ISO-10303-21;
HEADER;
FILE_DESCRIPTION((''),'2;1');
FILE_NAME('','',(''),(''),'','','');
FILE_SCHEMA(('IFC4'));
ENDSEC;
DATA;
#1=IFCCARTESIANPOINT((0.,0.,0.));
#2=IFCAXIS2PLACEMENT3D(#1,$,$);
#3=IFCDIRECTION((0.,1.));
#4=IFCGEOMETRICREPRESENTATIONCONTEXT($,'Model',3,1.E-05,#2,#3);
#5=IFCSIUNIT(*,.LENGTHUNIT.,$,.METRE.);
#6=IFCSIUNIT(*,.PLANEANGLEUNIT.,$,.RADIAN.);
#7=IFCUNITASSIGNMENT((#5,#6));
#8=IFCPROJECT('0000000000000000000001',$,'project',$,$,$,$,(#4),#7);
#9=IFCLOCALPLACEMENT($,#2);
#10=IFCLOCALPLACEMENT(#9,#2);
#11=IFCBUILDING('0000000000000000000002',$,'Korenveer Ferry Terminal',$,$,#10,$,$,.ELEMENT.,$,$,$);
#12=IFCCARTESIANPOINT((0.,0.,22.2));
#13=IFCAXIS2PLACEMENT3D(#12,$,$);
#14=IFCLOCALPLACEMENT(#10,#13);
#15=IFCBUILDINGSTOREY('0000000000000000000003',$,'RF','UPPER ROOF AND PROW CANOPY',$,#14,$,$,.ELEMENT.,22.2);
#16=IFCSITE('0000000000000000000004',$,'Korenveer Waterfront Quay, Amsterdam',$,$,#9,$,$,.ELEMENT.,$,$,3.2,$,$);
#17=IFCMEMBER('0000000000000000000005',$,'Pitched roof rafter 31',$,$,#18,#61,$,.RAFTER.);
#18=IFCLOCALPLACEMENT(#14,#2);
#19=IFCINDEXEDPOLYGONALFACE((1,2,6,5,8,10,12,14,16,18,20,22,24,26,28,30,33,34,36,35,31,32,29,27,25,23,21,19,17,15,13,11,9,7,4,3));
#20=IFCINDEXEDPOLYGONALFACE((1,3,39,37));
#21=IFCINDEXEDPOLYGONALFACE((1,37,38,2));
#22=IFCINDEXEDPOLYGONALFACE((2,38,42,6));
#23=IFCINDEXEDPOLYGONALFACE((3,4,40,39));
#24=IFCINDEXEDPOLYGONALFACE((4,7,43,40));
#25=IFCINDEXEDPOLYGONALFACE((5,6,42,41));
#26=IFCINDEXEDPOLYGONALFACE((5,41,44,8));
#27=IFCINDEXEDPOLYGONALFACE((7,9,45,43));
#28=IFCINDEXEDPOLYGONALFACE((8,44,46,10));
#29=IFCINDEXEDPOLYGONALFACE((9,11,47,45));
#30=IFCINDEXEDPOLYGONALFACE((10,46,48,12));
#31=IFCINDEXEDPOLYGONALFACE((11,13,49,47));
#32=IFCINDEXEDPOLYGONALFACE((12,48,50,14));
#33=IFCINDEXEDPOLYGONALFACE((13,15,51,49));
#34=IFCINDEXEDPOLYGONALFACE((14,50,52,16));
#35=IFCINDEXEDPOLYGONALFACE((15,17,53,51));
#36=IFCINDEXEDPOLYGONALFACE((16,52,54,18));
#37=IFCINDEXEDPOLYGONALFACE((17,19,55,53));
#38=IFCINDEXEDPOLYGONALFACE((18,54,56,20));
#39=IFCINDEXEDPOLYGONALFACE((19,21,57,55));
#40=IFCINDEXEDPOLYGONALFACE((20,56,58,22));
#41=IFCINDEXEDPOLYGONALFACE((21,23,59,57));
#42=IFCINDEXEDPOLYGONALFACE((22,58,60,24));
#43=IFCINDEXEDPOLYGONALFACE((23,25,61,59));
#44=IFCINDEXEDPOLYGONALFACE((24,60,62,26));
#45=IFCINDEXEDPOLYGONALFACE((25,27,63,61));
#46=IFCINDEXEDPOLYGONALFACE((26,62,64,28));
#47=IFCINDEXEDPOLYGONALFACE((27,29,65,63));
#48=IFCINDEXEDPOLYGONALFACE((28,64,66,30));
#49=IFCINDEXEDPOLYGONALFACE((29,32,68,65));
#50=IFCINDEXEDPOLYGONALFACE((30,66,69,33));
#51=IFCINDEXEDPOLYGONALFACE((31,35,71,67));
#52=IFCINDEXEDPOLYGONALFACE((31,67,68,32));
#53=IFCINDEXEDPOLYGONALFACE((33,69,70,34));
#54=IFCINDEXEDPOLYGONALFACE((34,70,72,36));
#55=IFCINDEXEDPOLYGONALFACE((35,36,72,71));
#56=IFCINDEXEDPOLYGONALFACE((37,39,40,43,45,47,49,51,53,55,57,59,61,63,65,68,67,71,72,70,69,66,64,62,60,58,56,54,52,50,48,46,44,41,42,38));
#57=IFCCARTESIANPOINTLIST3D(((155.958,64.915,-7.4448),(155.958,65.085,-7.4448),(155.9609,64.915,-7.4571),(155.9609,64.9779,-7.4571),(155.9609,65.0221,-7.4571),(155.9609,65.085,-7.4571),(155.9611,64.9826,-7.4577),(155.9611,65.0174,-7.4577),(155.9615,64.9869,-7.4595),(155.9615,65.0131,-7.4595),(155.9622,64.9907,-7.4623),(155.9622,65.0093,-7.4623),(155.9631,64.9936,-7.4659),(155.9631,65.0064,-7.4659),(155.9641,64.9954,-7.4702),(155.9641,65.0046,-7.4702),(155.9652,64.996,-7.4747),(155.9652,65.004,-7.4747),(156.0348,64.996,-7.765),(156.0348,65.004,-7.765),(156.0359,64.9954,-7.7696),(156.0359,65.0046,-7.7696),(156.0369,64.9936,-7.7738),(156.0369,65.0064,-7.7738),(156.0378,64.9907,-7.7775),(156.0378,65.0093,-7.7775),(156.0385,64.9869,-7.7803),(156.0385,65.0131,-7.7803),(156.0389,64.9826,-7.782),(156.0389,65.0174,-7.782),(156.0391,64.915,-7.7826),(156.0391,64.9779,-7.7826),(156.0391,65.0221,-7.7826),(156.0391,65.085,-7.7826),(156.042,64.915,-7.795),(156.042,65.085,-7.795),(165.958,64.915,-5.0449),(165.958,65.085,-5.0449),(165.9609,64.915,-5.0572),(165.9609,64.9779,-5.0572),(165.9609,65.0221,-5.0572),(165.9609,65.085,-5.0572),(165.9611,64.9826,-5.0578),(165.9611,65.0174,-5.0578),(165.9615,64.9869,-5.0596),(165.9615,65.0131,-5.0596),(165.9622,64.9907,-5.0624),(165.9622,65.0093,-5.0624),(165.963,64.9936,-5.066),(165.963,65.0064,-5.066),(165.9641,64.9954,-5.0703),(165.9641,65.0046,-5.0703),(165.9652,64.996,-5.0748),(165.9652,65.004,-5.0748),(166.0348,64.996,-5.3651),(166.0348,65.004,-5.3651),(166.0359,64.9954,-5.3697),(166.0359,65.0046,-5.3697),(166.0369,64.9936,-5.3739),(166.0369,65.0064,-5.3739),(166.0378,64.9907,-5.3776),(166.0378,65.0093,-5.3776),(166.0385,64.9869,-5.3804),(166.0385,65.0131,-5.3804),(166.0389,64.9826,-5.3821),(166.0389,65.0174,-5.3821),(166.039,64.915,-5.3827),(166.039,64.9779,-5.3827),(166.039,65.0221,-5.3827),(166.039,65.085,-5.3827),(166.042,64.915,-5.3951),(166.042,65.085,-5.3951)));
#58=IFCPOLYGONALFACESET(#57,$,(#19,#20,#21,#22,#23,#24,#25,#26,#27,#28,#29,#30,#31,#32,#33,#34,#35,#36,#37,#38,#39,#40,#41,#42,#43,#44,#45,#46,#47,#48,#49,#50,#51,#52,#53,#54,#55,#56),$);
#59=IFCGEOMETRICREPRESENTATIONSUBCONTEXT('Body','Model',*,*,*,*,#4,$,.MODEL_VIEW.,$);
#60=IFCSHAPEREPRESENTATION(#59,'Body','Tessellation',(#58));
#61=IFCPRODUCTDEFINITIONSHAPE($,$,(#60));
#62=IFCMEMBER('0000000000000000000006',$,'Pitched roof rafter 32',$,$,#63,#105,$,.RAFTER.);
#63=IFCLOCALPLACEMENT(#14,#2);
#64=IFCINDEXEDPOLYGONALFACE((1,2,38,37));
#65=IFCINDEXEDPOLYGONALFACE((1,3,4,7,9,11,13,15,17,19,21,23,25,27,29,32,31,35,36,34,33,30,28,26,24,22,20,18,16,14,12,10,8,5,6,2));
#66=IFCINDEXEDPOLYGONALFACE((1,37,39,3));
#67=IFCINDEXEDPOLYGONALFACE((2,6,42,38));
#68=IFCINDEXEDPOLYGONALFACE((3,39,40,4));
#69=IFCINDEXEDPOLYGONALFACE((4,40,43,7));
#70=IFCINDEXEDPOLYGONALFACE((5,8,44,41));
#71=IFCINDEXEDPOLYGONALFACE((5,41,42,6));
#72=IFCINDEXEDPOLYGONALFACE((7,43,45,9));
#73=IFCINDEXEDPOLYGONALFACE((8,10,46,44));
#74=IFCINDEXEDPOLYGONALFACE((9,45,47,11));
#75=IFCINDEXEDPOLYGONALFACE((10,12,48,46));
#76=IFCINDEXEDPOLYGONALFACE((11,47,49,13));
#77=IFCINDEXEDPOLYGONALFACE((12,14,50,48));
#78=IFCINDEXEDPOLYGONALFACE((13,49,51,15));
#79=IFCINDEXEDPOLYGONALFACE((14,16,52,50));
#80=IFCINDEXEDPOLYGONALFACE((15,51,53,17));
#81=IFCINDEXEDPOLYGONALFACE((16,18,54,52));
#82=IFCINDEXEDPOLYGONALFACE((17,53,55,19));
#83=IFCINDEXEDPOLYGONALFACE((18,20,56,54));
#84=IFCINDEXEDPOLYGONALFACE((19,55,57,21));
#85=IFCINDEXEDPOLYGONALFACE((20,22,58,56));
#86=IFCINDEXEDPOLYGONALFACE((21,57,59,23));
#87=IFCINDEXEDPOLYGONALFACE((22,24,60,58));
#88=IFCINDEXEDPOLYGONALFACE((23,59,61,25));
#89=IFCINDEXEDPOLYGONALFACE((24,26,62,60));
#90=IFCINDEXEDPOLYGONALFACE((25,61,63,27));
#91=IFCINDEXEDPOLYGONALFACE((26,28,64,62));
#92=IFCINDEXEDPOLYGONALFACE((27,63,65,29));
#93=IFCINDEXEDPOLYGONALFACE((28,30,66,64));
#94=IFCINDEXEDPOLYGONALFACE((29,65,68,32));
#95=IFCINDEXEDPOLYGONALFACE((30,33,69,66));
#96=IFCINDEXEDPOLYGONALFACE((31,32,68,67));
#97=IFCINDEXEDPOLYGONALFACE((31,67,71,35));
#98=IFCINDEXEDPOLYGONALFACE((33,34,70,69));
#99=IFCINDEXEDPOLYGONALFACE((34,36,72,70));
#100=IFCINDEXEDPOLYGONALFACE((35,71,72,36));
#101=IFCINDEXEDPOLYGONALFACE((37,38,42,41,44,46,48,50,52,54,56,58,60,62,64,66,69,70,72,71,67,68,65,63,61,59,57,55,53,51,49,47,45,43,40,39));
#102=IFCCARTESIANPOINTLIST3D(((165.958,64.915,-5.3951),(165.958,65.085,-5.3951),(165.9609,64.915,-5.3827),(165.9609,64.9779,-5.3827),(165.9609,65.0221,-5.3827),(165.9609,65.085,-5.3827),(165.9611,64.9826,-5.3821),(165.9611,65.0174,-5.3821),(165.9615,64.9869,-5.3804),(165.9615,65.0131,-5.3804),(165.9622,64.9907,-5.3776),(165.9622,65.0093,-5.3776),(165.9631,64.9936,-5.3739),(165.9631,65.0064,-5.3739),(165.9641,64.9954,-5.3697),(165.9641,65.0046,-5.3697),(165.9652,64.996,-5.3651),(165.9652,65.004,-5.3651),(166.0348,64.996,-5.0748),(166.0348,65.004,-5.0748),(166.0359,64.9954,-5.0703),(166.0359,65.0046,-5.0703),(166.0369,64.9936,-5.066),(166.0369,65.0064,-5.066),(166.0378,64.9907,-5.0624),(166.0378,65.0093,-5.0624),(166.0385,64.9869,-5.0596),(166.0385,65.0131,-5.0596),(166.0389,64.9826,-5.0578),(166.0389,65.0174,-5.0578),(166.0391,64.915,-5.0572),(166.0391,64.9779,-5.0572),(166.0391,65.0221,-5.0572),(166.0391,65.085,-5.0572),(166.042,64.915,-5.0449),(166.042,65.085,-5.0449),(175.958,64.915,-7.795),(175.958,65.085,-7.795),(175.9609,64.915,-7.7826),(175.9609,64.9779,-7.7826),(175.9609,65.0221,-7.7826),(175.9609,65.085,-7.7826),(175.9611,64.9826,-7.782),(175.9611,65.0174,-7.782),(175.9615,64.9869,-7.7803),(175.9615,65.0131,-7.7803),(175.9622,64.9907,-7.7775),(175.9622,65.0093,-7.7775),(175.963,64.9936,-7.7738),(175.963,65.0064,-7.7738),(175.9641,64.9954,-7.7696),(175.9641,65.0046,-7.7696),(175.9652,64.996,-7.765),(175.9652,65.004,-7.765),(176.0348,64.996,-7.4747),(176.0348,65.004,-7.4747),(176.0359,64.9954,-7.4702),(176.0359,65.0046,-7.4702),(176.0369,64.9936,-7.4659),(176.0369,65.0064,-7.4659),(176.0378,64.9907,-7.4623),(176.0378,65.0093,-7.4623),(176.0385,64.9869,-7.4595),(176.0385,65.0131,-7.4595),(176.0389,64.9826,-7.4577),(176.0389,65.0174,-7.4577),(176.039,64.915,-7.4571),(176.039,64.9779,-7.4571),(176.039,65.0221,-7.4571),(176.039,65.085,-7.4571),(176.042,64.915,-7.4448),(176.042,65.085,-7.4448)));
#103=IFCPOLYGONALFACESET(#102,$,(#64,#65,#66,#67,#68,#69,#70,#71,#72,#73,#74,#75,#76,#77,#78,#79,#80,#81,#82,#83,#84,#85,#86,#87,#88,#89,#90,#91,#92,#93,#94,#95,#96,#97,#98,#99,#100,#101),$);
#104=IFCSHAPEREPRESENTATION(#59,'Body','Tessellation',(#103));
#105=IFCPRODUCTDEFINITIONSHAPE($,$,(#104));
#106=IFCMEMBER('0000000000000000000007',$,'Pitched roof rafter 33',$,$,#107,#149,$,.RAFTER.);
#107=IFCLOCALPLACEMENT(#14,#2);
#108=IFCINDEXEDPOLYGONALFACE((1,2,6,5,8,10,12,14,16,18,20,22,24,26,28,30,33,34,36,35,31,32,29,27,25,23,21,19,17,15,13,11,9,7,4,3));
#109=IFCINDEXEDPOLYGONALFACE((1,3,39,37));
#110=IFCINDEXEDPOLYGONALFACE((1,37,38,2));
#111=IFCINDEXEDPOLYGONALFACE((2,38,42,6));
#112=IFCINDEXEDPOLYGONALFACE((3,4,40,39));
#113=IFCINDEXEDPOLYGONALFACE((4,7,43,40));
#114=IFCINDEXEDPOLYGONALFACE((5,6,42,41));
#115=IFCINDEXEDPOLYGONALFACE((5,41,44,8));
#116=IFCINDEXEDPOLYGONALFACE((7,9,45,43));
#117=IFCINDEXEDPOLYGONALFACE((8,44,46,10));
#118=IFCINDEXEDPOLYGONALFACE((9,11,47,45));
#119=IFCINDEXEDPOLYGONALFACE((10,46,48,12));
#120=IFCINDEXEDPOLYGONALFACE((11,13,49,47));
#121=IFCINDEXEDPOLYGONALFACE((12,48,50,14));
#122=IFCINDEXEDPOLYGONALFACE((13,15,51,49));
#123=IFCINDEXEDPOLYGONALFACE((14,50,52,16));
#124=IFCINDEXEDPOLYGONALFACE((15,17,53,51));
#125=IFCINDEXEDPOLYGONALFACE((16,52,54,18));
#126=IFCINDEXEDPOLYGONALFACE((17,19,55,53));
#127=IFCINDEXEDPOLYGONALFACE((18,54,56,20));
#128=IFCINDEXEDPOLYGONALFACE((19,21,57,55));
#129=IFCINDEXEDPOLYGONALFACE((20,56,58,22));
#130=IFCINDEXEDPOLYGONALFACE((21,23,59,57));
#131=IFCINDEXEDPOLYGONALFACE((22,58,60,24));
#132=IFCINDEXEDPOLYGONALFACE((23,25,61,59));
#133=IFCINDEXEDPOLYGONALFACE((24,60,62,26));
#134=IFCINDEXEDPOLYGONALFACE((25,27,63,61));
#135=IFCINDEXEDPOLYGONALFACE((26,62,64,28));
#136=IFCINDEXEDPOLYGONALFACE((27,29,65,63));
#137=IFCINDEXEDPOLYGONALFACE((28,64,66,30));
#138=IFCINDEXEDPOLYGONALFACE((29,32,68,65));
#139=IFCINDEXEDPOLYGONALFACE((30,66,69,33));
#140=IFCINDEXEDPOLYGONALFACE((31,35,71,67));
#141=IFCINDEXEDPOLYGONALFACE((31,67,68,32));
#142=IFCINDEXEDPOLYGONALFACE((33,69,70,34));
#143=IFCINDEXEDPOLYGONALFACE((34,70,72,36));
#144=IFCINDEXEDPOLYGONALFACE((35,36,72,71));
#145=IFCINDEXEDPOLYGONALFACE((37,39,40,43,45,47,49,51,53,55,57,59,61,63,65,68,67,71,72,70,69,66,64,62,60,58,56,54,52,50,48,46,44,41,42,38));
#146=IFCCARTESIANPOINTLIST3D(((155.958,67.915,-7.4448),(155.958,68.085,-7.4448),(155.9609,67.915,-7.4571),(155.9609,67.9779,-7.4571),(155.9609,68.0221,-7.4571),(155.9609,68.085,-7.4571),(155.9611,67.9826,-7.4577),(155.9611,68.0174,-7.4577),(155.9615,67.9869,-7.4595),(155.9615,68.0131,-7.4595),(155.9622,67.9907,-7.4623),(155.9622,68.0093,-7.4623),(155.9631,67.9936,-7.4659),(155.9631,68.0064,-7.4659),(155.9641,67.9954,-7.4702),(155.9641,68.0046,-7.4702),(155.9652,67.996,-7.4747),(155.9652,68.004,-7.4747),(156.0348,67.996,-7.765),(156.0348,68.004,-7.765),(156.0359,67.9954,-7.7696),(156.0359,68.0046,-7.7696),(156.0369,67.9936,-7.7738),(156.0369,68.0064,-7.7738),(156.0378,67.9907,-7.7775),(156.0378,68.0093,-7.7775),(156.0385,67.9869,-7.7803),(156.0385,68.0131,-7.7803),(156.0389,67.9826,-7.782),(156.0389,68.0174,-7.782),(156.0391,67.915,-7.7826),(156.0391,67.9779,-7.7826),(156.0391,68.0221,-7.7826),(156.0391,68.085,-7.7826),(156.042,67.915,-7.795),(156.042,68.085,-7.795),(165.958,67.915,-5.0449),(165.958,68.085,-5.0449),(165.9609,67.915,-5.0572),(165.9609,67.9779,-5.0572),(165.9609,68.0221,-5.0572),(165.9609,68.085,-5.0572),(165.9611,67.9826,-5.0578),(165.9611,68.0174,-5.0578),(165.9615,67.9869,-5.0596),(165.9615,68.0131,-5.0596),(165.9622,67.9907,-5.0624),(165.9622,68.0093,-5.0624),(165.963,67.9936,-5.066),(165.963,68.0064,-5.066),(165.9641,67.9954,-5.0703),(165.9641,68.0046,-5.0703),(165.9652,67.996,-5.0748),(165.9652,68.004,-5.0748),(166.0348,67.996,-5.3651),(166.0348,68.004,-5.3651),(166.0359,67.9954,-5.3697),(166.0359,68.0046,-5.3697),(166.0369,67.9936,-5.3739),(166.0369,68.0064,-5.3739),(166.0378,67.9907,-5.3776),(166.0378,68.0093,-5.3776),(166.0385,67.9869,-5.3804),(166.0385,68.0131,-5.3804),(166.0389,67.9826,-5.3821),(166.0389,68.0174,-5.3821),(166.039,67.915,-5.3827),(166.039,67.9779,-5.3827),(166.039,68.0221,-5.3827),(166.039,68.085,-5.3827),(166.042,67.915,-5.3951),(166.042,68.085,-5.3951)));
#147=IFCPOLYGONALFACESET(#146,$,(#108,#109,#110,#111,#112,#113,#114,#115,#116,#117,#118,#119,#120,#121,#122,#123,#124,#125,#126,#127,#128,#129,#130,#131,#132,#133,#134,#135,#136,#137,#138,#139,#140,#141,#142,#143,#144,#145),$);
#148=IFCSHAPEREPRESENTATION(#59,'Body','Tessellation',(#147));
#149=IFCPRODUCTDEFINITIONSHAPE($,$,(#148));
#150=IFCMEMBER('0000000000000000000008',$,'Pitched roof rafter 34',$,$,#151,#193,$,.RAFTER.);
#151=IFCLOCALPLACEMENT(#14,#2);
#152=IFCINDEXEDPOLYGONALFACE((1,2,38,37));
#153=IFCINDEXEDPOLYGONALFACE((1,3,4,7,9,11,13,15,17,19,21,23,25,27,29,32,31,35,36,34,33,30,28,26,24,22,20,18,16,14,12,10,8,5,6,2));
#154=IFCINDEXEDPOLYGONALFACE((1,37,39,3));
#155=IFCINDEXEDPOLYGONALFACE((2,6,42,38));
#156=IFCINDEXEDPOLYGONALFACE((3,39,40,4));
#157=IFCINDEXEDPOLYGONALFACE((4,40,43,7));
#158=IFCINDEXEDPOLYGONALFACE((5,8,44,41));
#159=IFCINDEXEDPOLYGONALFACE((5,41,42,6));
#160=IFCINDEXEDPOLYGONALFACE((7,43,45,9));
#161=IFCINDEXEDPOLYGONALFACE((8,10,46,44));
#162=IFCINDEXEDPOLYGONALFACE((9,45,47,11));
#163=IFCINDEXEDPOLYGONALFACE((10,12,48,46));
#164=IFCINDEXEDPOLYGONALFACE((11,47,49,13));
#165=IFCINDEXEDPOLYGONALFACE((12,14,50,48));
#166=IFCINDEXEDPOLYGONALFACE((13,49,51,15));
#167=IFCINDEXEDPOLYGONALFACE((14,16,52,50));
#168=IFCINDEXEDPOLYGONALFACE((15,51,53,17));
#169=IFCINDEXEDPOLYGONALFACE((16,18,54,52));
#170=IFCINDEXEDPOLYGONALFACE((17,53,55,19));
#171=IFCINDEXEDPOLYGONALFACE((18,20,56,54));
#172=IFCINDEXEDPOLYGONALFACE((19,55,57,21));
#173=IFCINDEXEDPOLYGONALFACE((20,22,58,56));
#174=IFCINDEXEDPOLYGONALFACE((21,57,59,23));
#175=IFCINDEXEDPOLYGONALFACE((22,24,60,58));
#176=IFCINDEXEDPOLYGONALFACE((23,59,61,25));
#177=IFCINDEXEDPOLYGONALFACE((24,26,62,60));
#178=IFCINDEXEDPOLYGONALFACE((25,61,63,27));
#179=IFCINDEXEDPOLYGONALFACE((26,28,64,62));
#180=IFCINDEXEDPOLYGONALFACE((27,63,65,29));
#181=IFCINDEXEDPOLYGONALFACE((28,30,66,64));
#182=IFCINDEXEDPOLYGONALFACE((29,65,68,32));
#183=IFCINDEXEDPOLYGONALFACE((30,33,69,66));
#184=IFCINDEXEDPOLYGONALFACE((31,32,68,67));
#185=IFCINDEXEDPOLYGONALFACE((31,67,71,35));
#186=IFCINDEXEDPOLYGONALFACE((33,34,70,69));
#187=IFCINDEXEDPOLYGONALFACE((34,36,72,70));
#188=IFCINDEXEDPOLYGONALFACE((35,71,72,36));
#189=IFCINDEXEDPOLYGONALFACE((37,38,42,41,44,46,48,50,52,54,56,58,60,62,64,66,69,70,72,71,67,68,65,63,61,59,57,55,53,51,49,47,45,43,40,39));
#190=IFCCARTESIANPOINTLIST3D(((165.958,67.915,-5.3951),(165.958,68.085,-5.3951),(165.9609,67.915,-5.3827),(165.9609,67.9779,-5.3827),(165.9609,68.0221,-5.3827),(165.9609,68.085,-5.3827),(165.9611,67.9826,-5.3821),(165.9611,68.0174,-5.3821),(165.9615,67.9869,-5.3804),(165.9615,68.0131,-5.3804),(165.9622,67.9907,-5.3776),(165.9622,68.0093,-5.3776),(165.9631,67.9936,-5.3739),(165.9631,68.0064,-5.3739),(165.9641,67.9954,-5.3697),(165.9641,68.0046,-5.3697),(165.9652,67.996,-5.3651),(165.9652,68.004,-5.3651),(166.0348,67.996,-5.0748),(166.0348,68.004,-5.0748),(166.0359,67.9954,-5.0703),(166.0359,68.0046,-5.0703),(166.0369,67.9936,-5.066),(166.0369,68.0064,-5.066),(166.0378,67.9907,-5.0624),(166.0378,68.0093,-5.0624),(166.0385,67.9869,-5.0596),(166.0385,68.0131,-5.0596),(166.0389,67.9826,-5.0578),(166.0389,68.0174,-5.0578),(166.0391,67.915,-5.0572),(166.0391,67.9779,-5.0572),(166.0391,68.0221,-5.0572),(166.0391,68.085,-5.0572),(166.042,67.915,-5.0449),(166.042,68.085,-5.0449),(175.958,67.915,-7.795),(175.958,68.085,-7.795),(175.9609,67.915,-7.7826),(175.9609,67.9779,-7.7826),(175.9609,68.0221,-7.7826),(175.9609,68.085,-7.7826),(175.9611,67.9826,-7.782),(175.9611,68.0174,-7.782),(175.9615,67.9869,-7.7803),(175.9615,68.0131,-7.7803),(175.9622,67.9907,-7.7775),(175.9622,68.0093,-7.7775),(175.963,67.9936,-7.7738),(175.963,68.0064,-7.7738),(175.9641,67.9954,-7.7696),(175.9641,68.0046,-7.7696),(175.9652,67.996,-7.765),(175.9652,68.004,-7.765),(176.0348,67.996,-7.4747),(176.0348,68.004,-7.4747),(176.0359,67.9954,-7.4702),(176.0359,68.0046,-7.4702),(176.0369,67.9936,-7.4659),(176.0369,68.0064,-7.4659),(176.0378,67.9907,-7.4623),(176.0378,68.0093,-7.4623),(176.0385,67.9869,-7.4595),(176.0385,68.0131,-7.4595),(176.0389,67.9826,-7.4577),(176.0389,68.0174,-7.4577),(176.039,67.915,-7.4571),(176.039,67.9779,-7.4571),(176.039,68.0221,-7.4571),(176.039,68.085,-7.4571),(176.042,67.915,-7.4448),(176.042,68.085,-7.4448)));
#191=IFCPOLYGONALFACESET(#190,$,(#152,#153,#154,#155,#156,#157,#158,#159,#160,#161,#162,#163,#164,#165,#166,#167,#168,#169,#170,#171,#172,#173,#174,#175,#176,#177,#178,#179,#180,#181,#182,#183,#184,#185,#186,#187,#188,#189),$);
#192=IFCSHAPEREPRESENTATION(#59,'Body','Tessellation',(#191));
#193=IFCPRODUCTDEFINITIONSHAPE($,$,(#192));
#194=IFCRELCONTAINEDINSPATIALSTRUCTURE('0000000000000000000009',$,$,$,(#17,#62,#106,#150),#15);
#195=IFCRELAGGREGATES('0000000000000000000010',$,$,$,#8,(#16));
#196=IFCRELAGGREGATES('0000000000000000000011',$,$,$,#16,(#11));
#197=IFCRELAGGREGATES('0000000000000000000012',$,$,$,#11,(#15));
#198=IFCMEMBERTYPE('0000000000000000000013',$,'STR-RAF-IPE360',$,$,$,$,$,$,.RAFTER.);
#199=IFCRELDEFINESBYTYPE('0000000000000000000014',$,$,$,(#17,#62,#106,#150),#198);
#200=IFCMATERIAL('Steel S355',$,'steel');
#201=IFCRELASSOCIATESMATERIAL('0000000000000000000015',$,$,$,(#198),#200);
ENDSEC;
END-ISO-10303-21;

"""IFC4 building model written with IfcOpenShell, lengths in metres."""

from ifc_helpers import new_model, si_unit, direction, frame, origin, origin_2d, place, context, subcontext, project, spatial, i_section, extrude, material, material_profile, profile_set, type_object, element, save


model = new_model("IFC4")

# Units and contexts
model_context = context("Model", 3, precision=1e-05, world=origin(), true_north=direction((0.0, 1.0)))
body_context = subcontext(model_context, "Body", "Model", "MODEL_VIEW")
ifc_project = project(units=[si_unit("LENGTHUNIT", "METRE"), si_unit("PLANEANGLEUNIT", "RADIAN")], contexts=[model_context])

# Site, building, storey
site_placement = place(None, origin())
site = spatial("IfcSite", under=ifc_project, at=site_placement, Name="Korenveer Waterfront Quay, Amsterdam", CompositionType="ELEMENT", RefElevation=3.2)
building_placement = place(site_placement, origin())
building = spatial("IfcBuilding", under=site, at=building_placement, Name="Korenveer Ferry Terminal", CompositionType="ELEMENT")
storey_placement = place(building_placement, frame((0.0, 0.0, 22.2)))
storey = spatial("IfcBuildingStorey", under=building, at=storey_placement, Name="RF", Description="UPPER ROOF AND PROW CANOPY", CompositionType="ELEMENT", Elevation=22.2)

# Shared definitions
ifc_material_1 = material(Name="Steel S355", Category="steel")

# Members
ifc_material_profile_1 = material_profile(ifc_material_1, i_section(OverallWidth=0.1699, OverallDepth=0.3601, WebThickness=0.0081, FlangeThickness=0.0127, FilletRadius=0.0181, at=origin_2d()), Name="IPE 360")
ifc_profile_set_1 = profile_set([ifc_material_profile_1], Name="Steel S355")
member_type_1 = type_object("IfcMemberType", Name="STR-RAF-IPE360", PredefinedType="RAFTER", material=ifc_profile_set_1)
for number, where, z_axis, x_axis, name in (
    (1, (156.0, 65.0, -7.6199), (0.972389, 0.0, 0.233364), (0.0, 1.0, 0.0), "Pitched roof rafter 31"),
    (2, (166.0, 65.0, -5.22), (0.972389, 0.0, -0.233364), (0.0, 1.0, 0.0), "Pitched roof rafter 32"),
    (3, (156.0, 68.0, -7.6199), (0.972389, 0.0, 0.233364), (0.0, 1.0, 0.0), "Pitched roof rafter 33"),
    (4, (166.0, 68.0, -5.22), (0.972389, 0.0, -0.233364), (0.0, 1.0, 0.0), "Pitched roof rafter 34"),
):
    element("IfcMember", number, at=place(storey_placement, frame(where, z_axis=z_axis, x_axis=x_axis)), inside=storey, type_object=member_type_1, Name=name, PredefinedType="RAFTER", context=body_context, shape_type="SweptSolid", body=[
        extrude(i_section(OverallWidth=0.1699, OverallDepth=0.3601, WebThickness=0.0081, FlangeThickness=0.0127, FilletRadius=0.0181, at=origin_2d()), origin(), (0.0, 0.0, 1.0), 10.2839),
    ])

save(model, "model.ifc")
